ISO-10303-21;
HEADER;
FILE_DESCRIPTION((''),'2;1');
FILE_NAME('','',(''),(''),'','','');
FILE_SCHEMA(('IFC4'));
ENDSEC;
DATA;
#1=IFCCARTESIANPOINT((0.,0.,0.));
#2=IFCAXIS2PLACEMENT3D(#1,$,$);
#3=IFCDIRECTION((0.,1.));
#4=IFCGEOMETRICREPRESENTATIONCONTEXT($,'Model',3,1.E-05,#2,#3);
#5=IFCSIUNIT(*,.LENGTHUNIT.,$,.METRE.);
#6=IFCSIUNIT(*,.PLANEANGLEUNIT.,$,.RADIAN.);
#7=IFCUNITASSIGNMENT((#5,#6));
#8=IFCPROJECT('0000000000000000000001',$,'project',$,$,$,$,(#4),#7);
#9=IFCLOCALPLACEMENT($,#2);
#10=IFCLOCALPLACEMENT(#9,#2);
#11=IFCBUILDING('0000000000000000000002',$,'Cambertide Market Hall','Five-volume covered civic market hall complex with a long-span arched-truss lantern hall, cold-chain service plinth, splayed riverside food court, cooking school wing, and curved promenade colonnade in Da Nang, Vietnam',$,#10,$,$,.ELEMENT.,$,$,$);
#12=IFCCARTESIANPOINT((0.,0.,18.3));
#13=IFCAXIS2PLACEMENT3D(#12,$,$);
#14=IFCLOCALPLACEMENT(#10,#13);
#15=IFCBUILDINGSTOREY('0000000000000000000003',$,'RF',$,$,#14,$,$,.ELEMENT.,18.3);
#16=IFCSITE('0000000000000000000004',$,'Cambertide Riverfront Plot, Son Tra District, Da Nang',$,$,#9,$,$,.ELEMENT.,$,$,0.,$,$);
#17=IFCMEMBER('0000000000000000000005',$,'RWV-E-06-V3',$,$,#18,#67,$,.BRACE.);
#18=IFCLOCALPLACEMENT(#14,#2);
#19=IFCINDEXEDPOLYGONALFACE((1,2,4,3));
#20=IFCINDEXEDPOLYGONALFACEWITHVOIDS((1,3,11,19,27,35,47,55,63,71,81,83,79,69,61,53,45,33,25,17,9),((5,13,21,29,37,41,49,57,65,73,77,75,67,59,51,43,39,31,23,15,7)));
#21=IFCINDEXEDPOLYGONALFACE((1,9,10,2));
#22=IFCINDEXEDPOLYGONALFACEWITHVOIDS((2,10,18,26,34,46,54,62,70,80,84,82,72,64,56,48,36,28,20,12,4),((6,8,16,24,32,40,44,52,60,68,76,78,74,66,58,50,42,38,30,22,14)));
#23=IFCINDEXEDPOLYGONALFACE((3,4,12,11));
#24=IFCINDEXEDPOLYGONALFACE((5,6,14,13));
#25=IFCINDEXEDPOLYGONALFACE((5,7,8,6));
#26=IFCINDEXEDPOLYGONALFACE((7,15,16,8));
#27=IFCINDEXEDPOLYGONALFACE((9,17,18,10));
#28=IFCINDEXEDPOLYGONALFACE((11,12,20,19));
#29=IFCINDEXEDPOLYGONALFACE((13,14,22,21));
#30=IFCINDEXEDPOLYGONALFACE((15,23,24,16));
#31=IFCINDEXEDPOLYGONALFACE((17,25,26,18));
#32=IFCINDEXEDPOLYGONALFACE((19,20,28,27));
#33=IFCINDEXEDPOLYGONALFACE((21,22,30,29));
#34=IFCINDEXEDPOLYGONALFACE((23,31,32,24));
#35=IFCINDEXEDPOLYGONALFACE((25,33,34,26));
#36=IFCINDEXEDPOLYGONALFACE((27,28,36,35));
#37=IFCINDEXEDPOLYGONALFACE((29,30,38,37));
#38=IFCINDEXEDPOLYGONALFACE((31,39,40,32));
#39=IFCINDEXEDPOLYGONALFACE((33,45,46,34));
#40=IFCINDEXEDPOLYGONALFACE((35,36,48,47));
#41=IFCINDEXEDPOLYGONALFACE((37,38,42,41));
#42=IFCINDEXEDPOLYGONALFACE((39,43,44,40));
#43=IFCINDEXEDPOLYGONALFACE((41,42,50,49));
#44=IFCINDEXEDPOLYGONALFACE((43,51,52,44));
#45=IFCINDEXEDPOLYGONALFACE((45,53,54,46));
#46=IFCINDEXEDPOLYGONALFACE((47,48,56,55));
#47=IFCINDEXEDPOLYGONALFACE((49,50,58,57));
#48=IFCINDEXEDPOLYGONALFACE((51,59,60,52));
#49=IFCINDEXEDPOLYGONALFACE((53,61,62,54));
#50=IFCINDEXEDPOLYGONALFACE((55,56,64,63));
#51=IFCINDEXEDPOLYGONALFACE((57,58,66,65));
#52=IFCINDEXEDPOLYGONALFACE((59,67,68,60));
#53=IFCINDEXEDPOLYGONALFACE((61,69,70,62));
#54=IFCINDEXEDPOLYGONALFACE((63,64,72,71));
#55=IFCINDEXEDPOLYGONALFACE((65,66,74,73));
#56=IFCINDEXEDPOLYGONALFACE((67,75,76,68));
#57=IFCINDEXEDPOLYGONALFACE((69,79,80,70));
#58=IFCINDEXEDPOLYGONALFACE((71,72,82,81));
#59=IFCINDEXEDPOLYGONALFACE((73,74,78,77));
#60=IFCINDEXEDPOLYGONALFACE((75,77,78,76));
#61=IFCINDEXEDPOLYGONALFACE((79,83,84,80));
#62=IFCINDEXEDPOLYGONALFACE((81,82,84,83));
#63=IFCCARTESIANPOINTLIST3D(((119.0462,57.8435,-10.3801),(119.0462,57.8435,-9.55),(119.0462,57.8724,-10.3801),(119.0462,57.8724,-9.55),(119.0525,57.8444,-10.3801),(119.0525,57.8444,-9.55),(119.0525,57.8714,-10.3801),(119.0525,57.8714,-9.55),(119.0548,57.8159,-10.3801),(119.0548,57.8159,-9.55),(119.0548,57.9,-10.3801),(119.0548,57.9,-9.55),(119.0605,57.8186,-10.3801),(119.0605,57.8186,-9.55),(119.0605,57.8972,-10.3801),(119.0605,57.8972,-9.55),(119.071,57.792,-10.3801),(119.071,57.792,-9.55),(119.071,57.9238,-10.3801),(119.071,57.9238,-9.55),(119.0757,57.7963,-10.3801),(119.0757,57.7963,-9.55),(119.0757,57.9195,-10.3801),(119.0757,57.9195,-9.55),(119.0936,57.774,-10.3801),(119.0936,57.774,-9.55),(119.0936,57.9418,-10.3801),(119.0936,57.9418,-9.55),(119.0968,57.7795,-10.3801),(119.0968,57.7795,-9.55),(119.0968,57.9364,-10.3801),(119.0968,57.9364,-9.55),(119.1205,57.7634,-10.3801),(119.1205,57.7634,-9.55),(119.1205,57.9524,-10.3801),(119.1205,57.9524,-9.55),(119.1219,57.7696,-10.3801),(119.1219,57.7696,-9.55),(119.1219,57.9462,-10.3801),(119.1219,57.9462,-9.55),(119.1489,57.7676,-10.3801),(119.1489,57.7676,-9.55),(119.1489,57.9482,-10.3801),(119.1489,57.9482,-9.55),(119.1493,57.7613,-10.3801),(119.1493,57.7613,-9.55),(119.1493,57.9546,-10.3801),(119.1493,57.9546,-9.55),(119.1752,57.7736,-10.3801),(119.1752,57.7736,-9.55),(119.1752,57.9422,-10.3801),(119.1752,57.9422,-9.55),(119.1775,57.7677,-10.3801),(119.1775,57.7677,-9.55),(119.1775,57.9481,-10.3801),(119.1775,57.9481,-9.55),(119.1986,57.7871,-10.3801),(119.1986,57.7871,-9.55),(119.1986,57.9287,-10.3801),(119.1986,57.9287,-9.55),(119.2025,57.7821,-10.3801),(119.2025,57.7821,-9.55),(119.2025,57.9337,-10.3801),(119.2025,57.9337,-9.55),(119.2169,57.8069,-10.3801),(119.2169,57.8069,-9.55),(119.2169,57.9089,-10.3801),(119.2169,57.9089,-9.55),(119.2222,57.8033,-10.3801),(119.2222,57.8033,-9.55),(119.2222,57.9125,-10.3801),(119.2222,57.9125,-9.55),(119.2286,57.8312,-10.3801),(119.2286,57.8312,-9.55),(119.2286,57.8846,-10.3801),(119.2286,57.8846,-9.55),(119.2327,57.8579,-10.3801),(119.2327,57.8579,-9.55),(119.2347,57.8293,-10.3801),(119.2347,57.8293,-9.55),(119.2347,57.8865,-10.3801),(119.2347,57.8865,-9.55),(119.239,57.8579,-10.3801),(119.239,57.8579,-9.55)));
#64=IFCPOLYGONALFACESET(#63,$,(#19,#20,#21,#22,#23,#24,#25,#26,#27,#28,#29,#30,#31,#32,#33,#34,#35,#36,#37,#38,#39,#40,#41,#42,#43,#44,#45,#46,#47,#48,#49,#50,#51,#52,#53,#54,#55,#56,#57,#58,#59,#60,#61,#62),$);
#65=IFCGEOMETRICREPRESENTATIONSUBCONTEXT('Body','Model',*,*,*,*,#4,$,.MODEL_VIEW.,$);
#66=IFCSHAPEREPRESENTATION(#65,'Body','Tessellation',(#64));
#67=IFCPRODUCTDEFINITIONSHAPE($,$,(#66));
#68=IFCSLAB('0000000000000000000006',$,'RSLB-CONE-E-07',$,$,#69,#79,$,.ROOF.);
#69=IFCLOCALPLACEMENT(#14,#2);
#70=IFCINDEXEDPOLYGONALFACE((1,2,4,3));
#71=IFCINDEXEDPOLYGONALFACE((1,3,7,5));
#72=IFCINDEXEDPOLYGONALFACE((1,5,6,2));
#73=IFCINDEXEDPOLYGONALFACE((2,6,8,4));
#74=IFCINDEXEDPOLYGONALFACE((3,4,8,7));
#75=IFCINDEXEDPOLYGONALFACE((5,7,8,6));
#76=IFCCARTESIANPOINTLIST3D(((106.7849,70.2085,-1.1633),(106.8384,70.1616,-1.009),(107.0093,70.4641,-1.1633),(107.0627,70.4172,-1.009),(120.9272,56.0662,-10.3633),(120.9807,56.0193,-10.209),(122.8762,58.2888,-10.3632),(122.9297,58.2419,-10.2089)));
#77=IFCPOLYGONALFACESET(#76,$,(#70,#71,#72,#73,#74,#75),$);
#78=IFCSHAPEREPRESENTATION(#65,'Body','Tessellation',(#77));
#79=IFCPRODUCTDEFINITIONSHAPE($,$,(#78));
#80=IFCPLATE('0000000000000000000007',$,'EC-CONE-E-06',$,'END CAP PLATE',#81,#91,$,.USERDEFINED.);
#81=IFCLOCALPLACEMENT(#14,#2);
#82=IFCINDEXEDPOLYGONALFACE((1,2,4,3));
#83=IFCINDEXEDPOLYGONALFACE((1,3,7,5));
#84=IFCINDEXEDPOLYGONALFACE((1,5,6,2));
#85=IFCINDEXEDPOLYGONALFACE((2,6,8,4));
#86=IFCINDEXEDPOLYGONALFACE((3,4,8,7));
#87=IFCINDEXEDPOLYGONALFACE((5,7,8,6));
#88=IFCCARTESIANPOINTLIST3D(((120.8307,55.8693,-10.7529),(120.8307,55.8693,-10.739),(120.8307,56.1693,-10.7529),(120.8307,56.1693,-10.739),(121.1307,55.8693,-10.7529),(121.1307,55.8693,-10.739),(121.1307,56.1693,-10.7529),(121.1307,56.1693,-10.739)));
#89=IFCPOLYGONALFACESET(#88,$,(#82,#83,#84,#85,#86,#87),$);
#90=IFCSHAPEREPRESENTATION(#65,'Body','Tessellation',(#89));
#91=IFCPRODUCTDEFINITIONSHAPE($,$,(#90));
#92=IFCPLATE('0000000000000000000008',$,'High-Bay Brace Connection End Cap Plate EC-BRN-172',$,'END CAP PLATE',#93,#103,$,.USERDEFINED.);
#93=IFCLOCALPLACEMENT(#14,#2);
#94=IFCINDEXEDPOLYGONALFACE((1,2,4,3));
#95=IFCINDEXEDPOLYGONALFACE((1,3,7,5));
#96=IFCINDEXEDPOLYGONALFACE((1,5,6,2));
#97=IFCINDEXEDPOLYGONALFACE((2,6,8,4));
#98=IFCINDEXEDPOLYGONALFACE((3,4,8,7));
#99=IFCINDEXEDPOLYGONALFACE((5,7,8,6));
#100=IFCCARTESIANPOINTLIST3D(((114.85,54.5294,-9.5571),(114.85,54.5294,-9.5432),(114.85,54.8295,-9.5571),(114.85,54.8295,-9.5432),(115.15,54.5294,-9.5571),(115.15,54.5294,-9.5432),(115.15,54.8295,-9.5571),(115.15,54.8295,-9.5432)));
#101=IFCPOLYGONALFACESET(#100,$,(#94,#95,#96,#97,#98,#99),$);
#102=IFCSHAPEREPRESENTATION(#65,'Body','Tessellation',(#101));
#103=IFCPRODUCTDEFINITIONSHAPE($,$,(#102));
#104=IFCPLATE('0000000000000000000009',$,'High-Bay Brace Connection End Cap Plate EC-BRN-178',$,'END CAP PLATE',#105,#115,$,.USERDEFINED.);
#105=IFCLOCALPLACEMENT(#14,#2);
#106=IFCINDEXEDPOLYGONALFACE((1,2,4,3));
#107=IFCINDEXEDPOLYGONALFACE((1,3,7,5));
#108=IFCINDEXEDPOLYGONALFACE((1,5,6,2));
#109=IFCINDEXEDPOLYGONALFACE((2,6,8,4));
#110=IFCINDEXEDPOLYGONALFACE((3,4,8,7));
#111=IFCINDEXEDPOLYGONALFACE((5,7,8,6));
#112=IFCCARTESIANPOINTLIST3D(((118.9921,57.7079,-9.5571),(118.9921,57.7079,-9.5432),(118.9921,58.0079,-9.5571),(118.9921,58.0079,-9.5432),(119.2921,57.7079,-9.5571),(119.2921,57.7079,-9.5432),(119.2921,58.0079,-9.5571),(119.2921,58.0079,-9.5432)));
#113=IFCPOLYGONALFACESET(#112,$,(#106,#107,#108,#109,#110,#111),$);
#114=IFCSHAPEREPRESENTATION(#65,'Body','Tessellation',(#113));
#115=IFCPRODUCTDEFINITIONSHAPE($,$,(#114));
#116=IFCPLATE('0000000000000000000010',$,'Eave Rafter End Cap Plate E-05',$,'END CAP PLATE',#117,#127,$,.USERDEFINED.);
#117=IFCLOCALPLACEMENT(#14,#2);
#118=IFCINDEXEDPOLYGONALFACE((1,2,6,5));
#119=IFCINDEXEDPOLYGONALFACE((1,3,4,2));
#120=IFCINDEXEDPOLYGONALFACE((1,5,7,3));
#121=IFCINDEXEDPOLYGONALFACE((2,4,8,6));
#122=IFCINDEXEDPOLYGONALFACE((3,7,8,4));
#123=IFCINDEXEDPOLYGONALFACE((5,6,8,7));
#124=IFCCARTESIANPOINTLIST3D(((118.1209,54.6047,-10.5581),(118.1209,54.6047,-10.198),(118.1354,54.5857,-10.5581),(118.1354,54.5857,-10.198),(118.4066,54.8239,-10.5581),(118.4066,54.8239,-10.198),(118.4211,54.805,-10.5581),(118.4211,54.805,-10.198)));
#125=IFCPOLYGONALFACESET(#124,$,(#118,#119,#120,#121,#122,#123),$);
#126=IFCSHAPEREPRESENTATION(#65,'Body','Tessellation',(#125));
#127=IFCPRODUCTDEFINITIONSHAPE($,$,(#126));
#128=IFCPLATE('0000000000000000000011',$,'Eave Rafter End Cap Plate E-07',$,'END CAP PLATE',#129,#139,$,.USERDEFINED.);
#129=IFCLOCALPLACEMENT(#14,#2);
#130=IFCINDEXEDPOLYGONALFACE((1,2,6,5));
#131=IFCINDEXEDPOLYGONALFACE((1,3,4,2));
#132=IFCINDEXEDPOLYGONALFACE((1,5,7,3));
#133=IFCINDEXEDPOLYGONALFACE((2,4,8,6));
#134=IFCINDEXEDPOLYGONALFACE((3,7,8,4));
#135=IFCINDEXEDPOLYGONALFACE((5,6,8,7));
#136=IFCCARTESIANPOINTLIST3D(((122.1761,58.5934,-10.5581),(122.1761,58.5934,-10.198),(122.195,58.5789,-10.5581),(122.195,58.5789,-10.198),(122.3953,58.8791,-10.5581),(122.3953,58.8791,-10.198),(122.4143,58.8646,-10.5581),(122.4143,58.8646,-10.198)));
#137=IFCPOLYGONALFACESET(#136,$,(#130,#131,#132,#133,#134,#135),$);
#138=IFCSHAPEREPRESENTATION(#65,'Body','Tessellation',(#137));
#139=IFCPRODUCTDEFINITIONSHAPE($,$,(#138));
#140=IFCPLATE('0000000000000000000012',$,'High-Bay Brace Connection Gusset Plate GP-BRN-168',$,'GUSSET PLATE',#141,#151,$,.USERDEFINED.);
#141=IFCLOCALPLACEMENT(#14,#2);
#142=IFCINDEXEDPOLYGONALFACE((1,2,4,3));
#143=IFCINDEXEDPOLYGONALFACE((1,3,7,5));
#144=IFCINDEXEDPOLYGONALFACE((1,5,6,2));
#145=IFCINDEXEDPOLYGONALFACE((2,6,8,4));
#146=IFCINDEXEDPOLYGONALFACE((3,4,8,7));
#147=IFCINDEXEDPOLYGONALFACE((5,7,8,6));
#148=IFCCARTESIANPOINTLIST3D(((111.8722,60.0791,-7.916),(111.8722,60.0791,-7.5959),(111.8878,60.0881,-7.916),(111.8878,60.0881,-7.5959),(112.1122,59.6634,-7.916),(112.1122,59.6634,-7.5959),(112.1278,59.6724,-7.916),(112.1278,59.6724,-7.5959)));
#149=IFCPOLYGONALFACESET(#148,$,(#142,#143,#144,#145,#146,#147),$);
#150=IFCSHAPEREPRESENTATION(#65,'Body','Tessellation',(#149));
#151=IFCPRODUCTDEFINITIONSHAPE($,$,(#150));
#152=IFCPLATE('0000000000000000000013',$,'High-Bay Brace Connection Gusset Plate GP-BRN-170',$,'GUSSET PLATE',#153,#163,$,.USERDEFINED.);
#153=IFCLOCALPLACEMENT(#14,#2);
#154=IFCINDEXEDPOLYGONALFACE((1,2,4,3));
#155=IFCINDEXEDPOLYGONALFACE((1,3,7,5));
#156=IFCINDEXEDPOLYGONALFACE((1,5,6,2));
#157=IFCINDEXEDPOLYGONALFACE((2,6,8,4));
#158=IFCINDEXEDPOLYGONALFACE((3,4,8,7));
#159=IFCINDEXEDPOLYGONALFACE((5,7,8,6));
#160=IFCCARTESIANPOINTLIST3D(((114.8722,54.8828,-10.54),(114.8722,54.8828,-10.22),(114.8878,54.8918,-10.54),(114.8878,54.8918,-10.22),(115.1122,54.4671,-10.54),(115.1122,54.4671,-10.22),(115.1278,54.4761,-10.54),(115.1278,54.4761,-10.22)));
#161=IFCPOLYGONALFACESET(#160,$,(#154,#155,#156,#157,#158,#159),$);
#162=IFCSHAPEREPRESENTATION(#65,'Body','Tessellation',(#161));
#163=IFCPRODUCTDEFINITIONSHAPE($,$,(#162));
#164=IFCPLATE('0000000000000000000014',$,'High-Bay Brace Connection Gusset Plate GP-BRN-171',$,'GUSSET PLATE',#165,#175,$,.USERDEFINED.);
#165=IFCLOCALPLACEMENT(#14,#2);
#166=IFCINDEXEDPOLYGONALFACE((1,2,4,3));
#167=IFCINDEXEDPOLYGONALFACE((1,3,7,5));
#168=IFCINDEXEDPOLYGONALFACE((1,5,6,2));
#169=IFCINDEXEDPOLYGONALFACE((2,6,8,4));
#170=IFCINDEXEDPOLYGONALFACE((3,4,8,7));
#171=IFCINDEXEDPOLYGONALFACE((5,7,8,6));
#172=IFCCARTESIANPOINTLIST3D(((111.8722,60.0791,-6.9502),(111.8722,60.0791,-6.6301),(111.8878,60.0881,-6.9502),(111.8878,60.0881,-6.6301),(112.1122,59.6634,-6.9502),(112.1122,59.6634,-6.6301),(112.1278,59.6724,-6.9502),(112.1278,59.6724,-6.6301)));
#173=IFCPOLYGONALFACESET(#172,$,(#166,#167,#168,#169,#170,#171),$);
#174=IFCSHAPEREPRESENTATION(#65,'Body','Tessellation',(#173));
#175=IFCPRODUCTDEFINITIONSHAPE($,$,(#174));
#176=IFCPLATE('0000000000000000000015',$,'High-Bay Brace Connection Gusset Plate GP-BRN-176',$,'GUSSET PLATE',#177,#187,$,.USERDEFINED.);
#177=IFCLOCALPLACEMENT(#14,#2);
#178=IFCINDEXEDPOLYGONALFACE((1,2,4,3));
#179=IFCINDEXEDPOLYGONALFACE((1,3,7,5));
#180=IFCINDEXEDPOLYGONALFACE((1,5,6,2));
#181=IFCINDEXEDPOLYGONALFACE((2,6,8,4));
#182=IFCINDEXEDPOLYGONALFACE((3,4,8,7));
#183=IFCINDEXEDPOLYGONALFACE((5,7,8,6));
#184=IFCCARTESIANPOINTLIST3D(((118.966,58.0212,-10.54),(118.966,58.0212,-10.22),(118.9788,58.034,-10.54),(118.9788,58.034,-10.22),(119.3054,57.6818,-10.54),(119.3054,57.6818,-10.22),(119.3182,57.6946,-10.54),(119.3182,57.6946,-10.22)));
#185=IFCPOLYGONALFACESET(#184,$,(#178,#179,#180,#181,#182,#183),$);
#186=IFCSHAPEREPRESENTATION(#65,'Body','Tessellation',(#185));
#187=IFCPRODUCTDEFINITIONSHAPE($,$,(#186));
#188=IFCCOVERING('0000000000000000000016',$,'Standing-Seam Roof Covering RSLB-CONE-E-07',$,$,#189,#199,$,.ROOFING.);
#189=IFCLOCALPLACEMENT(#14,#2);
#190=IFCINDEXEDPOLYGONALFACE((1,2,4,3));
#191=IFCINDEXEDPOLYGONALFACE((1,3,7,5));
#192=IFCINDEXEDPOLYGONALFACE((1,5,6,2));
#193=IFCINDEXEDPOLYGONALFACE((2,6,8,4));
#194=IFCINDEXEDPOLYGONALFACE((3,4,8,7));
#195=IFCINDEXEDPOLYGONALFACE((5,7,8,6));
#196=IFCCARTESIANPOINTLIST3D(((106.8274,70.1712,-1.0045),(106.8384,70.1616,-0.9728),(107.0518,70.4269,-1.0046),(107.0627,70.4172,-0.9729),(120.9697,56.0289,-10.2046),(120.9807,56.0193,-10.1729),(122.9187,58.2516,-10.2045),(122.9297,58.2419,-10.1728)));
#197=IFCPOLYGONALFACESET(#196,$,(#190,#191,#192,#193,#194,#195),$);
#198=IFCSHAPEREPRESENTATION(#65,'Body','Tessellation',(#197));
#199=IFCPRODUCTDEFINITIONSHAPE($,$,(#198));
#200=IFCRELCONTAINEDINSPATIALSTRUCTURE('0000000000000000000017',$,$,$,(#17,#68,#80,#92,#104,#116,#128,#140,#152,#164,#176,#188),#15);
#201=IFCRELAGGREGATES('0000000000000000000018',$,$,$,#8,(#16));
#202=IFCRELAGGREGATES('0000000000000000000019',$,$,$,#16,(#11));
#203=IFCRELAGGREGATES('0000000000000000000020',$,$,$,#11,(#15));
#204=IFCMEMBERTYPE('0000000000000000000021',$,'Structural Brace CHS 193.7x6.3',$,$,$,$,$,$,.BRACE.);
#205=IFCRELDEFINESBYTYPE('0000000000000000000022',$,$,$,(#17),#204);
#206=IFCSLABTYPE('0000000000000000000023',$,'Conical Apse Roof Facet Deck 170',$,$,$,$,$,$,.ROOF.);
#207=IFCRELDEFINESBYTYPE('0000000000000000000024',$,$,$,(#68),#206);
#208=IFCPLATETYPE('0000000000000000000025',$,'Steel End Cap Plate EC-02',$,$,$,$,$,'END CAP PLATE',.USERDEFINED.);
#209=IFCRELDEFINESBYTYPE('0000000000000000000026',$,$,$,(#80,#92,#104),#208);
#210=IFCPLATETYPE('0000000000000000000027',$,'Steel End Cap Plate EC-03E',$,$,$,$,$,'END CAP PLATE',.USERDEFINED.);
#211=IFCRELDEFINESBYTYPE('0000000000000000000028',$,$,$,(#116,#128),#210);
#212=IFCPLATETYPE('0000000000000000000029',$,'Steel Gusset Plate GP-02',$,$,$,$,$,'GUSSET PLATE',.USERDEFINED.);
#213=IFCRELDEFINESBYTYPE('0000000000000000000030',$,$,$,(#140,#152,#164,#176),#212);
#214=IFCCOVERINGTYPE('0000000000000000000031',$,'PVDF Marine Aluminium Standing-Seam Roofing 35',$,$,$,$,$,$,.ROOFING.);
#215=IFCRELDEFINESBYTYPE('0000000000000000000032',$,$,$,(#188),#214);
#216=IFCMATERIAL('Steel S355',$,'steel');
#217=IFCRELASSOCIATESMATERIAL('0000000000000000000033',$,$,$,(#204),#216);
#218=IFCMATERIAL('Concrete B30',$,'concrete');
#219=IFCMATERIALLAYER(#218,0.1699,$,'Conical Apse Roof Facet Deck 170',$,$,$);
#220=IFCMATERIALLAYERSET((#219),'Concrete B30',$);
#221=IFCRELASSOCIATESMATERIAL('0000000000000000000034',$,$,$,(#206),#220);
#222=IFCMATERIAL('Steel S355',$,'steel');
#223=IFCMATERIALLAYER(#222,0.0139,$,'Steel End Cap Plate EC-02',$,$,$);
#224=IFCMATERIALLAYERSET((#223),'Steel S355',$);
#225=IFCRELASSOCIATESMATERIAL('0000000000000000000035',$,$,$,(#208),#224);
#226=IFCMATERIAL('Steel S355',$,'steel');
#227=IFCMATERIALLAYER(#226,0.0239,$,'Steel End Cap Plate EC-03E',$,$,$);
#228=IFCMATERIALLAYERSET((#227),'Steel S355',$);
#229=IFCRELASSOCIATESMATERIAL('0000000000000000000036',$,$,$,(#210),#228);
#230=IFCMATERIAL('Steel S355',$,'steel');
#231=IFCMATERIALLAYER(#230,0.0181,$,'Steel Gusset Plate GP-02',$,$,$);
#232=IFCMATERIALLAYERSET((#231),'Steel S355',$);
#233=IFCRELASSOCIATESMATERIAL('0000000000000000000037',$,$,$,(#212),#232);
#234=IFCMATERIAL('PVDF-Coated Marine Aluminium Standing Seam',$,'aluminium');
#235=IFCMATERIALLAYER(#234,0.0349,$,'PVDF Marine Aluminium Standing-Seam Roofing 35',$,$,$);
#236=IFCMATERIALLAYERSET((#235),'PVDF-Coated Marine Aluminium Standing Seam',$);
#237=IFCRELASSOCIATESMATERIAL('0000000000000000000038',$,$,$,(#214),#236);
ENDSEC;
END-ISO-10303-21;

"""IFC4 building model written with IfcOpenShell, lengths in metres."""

from ifc_helpers import new_model, si_unit, direction, frame, origin, origin_2d, place, context, subcontext, project, spatial, polyline, rectangle, hollow_circle, outline, extrude, material, layer, layer_set, material_profile, profile_set, type_object, element, save


model = new_model("IFC4")

# Units and contexts
model_context = context("Model", 3, precision=1e-05, world=origin(), true_north=direction((0.0, 1.0)))
body_context = subcontext(model_context, "Body", "Model", "MODEL_VIEW")
ifc_project = project(units=[si_unit("LENGTHUNIT", "METRE"), si_unit("PLANEANGLEUNIT", "RADIAN")], contexts=[model_context])

# Site, building, storey
site_placement = place(None, origin())
site = spatial("IfcSite", under=ifc_project, at=site_placement, Name="Cambertide Riverfront Plot, Son Tra District, Da Nang", CompositionType="ELEMENT", RefElevation=0.0)
building_placement = place(site_placement, origin())
building = spatial("IfcBuilding", under=site, at=building_placement, Name="Cambertide Market Hall", Description="Five-volume covered civic market hall complex with a long-span arched-truss lantern hall, cold-chain service plinth, splayed riverside food court, cooking school wing, and curved promenade colonnade in Da Nang, Vietnam", CompositionType="ELEMENT")
storey_placement = place(building_placement, frame((0.0, 0.0, 18.3)))
storey = spatial("IfcBuildingStorey", under=building, at=storey_placement, Name="RF", CompositionType="ELEMENT", Elevation=18.3)

# Member
ifc_material_1 = material(Name="Steel S355", Category="steel")
ifc_material_profile_1 = material_profile(ifc_material_1, hollow_circle(Radius=0.0969, WallThickness=0.0063, at=origin_2d()), Name="CHS 193.7x6.3")
ifc_profile_set_1 = profile_set([ifc_material_profile_1], Name="Steel S355")
member_type_1 = type_object("IfcMemberType", Name="Structural Brace CHS 193.7x6.3", PredefinedType="BRACE", material=ifc_profile_set_1)
for number, where, z_axis, x_axis, name in (
    (1, (119.1421, 57.8579, -10.3801), (0.0, 0.0, 1.0), (1.0, 0.0, 0.0), "RWV-E-06-V3"),
):
    element("IfcMember", number, at=place(storey_placement, frame(where, z_axis=z_axis, x_axis=x_axis)), inside=storey, type_object=member_type_1, Name=name, PredefinedType="BRACE", context=body_context, shape_type="SweptSolid", body=[
        extrude(hollow_circle(Radius=0.0969, WallThickness=0.0063, at=origin_2d()), origin(), (0.0, 0.0, 1.0), 0.8301),
    ])

# Slab
ifc_material_2 = material(Name="Concrete B30", Category="concrete")
ifc_layer_1 = layer(ifc_material_2, 0.1699, Name="Conical Apse Roof Facet Deck 170")
ifc_layer_set_1 = layer_set([ifc_layer_1], Name="Concrete B30")
slab_type = type_object("IfcSlabType", Name="Conical Apse Roof Facet Deck 170", PredefinedType="ROOF", material=ifc_layer_set_1)
slab_placement = place(storey_placement, frame((120.9807, 56.0193, -10.209), z_axis=(0.314754, -0.276026, 0.908152), x_axis=(0.659306, 0.751875, 0.000019)))
element("IfcSlab", 2, at=slab_placement, inside=storey, type_object=slab_type, Name="RSLB-CONE-E-07", PredefinedType="ROOF", context=body_context, shape_type="SweptSolid", body=[
    extrude(outline(polyline([(0.0, 0.0), (2.9561, 0.0), (1.6494, 21.9757), (1.3093, 21.9758), (0.0, 0.0)])), origin(), (0.0, 0.0, -1.0), 0.1699),
])

# Plates
ifc_material_3 = material(Name="Steel S355", Category="steel")
ifc_layer_2 = layer(ifc_material_3, 0.0139, Name="Steel End Cap Plate EC-02")
ifc_layer_set_2 = layer_set([ifc_layer_2], Name="Steel S355")
plate_type_1 = type_object("IfcPlateType", Name="Steel End Cap Plate EC-02", ElementType="END CAP PLATE", PredefinedType="USERDEFINED", material=ifc_layer_set_2)
for number, where, z_axis, x_axis, name in (
    (3, (120.9807, 56.0193, -10.7529), (0.0, 0.0, 1.0), (1.0, 0.0, 0.0), "EC-CONE-E-06"),
    (4, (115.0, 54.6794, -9.5571), (0.0, 0.0, 1.0), (1.0, 0.0, 0.0), "High-Bay Brace Connection End Cap Plate EC-BRN-172"),
    (5, (119.1421, 57.8579, -9.5571), (0.0, 0.0, 1.0), (1.0, 0.0, 0.0), "High-Bay Brace Connection End Cap Plate EC-BRN-178"),
):
    element("IfcPlate", number, at=place(storey_placement, frame(where, z_axis=z_axis, x_axis=x_axis)), inside=storey, type_object=plate_type_1, Name=name, ObjectType="END CAP PLATE", PredefinedType="USERDEFINED", context=body_context, shape_type="SweptSolid", body=[
        extrude(rectangle(XDim=0.3, YDim=0.3, at=origin_2d()), origin(), (0.0, 0.0, 1.0), 0.0139),
    ])
ifc_material_4 = material(Name="Steel S355", Category="steel")
ifc_layer_3 = layer(ifc_material_4, 0.0239, Name="Steel End Cap Plate EC-03E")
ifc_layer_set_3 = layer_set([ifc_layer_3], Name="Steel S355")
plate_type_2 = type_object("IfcPlateType", Name="Steel End Cap Plate EC-03E", ElementType="END CAP PLATE", PredefinedType="USERDEFINED", material=ifc_layer_set_3)
for number, where, z_axis, x_axis, name in (
    (6, (118.271, 54.7048, -10.5581), (0.0, 0.0, 1.0), (0.608761, -0.793353, 0.0), "Eave Rafter End Cap Plate E-05"),
    (7, (122.2952, 58.729, -10.5581), (0.0, 0.0, 1.0), (0.793353, -0.608761, 0.0), "Eave Rafter End Cap Plate E-07"),
):
    element("IfcPlate", number, at=place(storey_placement, frame(where, z_axis=z_axis, x_axis=x_axis)), inside=storey, type_object=plate_type_2, Name=name, ObjectType="END CAP PLATE", PredefinedType="USERDEFINED", context=body_context, shape_type="SweptSolid", body=[
        extrude(rectangle(XDim=0.0239, YDim=0.3601, at=origin_2d()), origin(), (0.0, 0.0, 1.0), 0.3601),
    ])
ifc_material_5 = material(Name="Steel S355", Category="steel")
ifc_layer_4 = layer(ifc_material_5, 0.0181, Name="Steel Gusset Plate GP-02")
ifc_layer_set_4 = layer_set([ifc_layer_4], Name="Steel S355")
plate_type_3 = type_object("IfcPlateType", Name="Steel Gusset Plate GP-02", ElementType="GUSSET PLATE", PredefinedType="USERDEFINED", material=ifc_layer_set_4)
for number, where, z_axis, x_axis, name in (
    (8, (112.0, 59.8757, -7.916), (0.0, 0.0, 1.0), (-0.5, 0.866025, 0.0), "High-Bay Brace Connection Gusset Plate GP-BRN-168"),
    (9, (115.0, 54.6794, -10.54), (0.0, 0.0, 1.0), (-0.5, 0.866025, 0.0), "High-Bay Brace Connection Gusset Plate GP-BRN-170"),
    (10, (112.0, 59.8757, -6.9502), (0.0, 0.0, 1.0), (-0.5, 0.866025, 0.0), "High-Bay Brace Connection Gusset Plate GP-BRN-171"),
    (11, (119.1421, 57.8579, -10.54), (0.0, 0.0, 1.0), (-0.707107, 0.707107, 0.0), "High-Bay Brace Connection Gusset Plate GP-BRN-176"),
):
    element("IfcPlate", number, at=place(storey_placement, frame(where, z_axis=z_axis, x_axis=x_axis)), inside=storey, type_object=plate_type_3, Name=name, ObjectType="GUSSET PLATE", PredefinedType="USERDEFINED", context=body_context, shape_type="SweptSolid", body=[
        extrude(rectangle(XDim=0.48, YDim=0.0181, at=origin_2d()), origin(), (0.0, 0.0, 1.0), 0.3201),
    ])

# Covering
ifc_material_6 = material(Name="PVDF-Coated Marine Aluminium Standing Seam", Category="aluminium")
ifc_layer_5 = layer(ifc_material_6, 0.0349, Name="PVDF Marine Aluminium Standing-Seam Roofing 35")
ifc_layer_set_5 = layer_set([ifc_layer_5], Name="PVDF-Coated Marine Aluminium Standing Seam")
covering_type = type_object("IfcCoveringType", Name="PVDF Marine Aluminium Standing-Seam Roofing 35", PredefinedType="ROOFING", material=ifc_layer_set_5)
covering_1_placement = place(storey_placement, frame((120.9807, 56.0193, -10.1729), z_axis=(0.314754, -0.276026, 0.908152), x_axis=(0.659306, 0.751875, 0.000019)))
element("IfcCovering", 12, at=covering_1_placement, inside=storey, type_object=covering_type, Name="Standing-Seam Roof Covering RSLB-CONE-E-07", PredefinedType="ROOFING", context=body_context, shape_type="SweptSolid", body=[
    extrude(outline(polyline([(0.0, 0.0), (2.9561, 0.0), (1.6494, 21.9757), (1.3093, 21.9758), (0.0, 0.0)])), origin(), (0.0, 0.0, -1.0), 0.0349),
])

save(model, "model.ifc")
